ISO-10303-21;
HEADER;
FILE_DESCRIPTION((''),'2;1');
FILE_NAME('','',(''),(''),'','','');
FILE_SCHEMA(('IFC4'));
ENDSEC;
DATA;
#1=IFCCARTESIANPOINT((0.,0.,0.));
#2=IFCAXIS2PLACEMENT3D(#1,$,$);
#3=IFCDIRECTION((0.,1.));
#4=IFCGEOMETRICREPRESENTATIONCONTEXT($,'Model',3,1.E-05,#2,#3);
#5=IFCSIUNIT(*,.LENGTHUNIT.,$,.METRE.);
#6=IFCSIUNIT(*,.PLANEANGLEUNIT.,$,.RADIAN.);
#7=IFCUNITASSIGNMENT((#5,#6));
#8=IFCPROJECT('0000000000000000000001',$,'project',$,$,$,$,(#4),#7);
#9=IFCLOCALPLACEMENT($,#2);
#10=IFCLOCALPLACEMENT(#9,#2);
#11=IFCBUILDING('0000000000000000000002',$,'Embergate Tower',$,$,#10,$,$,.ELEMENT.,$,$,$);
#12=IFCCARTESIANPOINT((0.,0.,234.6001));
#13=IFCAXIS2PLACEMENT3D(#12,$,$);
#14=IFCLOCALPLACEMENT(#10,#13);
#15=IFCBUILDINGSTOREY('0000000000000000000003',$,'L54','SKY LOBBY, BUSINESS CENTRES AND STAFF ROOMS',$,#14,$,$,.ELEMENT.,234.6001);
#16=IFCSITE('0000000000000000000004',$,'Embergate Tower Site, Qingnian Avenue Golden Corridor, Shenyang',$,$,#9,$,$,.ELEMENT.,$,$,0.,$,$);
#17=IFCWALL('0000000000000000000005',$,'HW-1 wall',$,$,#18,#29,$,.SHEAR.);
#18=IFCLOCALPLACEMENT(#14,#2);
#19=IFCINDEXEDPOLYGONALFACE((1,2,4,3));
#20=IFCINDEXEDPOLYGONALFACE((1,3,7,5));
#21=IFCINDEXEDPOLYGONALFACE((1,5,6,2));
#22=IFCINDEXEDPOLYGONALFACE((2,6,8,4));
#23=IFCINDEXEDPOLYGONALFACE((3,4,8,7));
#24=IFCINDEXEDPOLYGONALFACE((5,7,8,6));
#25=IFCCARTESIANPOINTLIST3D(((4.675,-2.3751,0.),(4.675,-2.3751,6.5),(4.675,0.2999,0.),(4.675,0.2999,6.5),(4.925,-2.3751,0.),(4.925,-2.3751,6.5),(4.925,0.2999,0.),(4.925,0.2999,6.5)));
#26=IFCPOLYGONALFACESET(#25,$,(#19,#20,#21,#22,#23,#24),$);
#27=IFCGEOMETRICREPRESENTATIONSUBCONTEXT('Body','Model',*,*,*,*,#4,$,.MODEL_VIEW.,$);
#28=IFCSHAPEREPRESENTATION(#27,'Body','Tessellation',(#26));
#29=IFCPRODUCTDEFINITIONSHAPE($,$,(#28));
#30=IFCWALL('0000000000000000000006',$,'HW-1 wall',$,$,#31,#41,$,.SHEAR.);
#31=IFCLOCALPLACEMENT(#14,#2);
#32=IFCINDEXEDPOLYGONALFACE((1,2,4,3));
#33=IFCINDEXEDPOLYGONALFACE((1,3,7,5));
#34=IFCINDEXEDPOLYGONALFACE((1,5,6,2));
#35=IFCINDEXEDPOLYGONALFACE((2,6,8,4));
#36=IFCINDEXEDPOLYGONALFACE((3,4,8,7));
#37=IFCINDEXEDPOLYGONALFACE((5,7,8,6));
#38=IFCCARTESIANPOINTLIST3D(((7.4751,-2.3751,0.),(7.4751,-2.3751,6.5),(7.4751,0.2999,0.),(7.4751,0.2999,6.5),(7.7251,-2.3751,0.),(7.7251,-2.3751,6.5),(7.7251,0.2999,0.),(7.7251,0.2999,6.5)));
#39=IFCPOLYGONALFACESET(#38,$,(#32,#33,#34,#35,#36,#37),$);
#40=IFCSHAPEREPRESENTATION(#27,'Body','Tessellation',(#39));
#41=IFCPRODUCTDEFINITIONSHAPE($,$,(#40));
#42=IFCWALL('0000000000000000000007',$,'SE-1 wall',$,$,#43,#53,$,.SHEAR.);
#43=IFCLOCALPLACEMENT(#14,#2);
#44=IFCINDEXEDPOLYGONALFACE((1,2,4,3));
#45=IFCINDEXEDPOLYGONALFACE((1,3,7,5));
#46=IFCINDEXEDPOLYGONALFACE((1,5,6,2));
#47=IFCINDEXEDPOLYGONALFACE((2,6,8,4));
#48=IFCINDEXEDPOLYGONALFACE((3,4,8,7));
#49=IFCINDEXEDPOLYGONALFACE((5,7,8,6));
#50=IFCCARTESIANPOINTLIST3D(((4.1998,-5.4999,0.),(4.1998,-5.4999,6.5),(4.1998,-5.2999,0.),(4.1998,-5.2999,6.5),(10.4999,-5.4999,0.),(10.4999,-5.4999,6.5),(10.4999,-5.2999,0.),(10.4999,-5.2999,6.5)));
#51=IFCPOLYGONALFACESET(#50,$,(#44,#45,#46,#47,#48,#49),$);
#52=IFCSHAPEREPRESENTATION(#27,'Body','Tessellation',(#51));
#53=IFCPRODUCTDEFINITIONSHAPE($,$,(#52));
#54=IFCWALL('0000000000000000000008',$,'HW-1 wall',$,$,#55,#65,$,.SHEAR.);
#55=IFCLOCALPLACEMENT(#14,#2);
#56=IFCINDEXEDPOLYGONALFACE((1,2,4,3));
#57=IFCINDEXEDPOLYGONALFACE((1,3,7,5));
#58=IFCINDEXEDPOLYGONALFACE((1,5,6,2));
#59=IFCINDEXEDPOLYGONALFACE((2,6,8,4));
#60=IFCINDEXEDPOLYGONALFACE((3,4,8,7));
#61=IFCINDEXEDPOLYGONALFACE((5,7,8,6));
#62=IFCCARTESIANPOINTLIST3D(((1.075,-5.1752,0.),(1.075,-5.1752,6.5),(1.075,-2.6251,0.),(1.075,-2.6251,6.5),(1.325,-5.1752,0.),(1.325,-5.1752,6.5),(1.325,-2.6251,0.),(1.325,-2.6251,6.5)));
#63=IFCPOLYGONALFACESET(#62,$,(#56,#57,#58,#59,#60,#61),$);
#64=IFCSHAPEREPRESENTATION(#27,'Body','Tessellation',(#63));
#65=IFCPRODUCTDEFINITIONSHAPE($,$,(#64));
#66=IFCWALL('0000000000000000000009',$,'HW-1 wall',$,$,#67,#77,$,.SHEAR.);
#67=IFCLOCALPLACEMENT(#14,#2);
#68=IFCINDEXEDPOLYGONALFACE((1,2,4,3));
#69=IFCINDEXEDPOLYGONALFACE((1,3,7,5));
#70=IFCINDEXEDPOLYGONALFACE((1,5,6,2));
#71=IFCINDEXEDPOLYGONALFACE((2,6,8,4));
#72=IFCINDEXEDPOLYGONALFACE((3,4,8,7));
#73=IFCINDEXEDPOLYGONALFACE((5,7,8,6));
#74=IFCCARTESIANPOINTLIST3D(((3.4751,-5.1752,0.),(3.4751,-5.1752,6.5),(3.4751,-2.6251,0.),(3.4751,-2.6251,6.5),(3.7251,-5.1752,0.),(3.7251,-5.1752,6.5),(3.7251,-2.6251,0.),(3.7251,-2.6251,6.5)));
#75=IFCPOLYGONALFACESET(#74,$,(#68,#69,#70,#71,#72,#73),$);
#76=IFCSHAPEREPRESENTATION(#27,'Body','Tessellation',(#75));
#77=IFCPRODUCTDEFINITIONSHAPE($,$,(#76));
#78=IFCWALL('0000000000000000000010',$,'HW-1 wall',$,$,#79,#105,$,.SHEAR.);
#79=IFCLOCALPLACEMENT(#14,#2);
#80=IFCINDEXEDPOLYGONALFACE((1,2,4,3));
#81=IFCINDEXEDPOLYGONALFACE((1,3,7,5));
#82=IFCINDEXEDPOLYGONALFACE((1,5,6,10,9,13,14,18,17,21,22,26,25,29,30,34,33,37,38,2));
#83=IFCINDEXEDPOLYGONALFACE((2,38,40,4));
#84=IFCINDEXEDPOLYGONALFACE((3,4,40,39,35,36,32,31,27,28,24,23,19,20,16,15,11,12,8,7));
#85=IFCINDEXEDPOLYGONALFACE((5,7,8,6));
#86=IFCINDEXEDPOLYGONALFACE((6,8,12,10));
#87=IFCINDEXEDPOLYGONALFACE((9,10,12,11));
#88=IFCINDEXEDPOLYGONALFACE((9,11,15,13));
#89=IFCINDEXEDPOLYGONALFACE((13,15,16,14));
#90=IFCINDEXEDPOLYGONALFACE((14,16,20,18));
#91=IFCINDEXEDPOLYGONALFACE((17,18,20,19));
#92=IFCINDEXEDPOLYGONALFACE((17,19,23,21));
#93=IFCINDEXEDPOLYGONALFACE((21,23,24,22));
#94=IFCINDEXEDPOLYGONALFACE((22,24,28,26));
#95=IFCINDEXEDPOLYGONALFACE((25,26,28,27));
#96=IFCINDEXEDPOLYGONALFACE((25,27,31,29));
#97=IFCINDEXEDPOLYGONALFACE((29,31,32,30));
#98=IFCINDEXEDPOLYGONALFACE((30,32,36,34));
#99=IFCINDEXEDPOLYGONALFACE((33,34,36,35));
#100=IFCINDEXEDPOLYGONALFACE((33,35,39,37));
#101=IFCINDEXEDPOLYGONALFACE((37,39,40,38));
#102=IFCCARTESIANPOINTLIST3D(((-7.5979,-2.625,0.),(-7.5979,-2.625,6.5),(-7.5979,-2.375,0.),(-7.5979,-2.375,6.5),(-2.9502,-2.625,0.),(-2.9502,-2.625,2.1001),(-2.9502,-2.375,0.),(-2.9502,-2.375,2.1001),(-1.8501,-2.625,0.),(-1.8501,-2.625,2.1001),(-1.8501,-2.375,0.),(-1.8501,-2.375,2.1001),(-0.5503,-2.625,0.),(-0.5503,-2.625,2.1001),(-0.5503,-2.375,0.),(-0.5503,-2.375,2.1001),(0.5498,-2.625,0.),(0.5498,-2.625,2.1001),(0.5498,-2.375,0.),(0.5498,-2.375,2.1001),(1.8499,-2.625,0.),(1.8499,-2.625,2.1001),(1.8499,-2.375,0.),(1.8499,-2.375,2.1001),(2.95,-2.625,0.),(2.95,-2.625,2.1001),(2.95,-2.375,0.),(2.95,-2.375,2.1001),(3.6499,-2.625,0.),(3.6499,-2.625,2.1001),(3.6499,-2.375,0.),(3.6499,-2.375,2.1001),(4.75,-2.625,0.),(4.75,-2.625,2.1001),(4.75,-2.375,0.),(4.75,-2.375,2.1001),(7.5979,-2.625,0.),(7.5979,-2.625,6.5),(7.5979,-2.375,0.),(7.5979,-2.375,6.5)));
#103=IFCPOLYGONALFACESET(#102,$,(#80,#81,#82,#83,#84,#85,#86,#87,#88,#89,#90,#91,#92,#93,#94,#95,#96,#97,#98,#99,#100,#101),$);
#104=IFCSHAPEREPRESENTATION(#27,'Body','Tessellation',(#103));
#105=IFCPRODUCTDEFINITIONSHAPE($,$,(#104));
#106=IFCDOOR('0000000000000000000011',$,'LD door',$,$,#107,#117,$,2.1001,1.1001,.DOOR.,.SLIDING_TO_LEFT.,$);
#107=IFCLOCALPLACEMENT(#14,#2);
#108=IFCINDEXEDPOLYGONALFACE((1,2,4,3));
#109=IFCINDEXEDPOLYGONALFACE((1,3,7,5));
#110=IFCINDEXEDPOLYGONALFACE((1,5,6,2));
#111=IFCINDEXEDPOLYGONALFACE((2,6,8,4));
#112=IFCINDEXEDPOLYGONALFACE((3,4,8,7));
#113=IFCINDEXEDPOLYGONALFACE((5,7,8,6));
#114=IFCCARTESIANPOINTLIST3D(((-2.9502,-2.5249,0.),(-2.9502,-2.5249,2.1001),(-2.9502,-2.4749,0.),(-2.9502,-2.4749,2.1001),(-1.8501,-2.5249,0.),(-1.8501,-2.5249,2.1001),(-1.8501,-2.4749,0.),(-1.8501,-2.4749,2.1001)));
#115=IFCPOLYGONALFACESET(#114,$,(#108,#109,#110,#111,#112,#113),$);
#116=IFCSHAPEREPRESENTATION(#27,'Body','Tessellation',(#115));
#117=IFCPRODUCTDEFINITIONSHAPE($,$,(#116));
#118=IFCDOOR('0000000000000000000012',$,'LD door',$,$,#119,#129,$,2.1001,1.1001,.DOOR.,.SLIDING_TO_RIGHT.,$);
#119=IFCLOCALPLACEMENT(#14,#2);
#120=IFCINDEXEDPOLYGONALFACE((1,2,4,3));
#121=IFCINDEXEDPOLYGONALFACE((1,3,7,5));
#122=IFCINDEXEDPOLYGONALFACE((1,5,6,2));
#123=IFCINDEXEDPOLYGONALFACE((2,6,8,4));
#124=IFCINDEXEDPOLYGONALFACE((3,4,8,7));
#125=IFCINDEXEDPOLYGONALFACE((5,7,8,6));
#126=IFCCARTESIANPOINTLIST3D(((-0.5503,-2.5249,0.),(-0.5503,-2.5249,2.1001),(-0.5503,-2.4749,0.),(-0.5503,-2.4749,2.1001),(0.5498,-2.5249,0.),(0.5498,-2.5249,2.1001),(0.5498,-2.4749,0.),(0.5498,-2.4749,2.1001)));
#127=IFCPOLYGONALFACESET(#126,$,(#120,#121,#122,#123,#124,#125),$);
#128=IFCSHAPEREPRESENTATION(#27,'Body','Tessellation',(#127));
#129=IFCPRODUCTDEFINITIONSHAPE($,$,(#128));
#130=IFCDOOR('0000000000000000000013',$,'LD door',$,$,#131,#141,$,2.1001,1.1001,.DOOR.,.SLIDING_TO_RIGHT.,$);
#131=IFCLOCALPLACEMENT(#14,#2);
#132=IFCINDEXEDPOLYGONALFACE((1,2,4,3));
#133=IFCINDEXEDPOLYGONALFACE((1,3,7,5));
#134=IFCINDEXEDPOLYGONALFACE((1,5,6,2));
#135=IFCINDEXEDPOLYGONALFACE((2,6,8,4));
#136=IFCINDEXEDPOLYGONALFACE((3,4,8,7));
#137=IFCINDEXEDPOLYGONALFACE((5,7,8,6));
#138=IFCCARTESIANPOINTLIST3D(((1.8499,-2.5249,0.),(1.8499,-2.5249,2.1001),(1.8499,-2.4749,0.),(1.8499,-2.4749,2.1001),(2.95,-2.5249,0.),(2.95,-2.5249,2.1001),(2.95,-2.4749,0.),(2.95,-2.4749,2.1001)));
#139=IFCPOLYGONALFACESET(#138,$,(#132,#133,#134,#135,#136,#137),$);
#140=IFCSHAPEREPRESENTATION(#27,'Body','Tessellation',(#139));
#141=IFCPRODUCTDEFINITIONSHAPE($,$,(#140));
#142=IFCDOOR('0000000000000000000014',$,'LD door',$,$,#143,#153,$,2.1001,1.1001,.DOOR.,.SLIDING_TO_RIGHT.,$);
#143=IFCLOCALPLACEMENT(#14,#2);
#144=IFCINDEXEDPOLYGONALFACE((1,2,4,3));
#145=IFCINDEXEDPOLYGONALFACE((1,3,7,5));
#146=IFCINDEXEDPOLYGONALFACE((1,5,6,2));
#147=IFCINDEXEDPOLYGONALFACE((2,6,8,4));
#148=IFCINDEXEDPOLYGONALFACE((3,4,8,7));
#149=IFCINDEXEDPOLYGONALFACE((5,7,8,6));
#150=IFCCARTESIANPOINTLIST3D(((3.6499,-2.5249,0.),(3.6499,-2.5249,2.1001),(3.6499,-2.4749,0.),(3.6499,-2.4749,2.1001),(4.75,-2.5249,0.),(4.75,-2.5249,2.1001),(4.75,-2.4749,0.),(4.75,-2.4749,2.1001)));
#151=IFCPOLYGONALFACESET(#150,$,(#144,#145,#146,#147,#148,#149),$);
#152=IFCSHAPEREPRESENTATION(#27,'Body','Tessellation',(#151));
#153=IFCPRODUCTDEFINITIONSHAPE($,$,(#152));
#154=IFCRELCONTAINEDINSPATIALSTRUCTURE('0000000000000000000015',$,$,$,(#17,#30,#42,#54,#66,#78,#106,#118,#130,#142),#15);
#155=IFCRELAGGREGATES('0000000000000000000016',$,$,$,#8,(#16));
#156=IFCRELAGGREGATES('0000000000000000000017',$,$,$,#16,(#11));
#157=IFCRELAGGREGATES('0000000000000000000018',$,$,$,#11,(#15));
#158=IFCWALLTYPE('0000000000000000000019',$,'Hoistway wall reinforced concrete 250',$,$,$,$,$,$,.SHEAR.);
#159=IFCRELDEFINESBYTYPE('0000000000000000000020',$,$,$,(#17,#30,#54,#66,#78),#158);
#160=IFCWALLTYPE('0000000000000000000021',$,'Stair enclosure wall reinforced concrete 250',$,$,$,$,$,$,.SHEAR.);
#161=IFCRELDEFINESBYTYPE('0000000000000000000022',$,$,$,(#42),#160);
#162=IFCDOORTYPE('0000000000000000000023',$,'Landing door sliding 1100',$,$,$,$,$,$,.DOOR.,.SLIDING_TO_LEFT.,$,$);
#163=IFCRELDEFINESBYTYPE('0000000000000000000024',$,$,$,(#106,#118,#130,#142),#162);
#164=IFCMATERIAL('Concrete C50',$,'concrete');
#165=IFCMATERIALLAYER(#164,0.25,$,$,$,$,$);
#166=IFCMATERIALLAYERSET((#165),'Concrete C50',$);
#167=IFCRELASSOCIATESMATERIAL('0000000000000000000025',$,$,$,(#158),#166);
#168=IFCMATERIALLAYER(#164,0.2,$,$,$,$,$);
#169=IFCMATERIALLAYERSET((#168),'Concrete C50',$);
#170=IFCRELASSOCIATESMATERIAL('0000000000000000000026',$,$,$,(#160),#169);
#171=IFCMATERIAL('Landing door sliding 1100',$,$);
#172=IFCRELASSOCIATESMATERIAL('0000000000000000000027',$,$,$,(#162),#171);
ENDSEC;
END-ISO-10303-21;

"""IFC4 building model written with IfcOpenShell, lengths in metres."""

from ifc_helpers import new_model, si_unit, direction, frame, frame_2d, origin, place, context, subcontext, project, spatial, rectangle, extrude, source, transform, mapped, material, layer, layer_set, type_object, element, fill, save


model = new_model("IFC4")

# Units and contexts
model_context = context("Model", 3, precision=1e-05, world=origin(), true_north=direction((0.0, 1.0)))
body_context = subcontext(model_context, "Body", "Model", "MODEL_VIEW")
ifc_project = project(units=[si_unit("LENGTHUNIT", "METRE"), si_unit("PLANEANGLEUNIT", "RADIAN")], contexts=[model_context])

# Site, building, storey
site_placement = place(None, origin())
site = spatial("IfcSite", under=ifc_project, at=site_placement, Name="Embergate Tower Site, Qingnian Avenue Golden Corridor, Shenyang", CompositionType="ELEMENT", RefElevation=0.0)
building_placement = place(site_placement, origin())
building = spatial("IfcBuilding", under=site, at=building_placement, Name="Embergate Tower", CompositionType="ELEMENT")
storey_placement = place(building_placement, frame((0.0, 0.0, 234.6001)))
storey = spatial("IfcBuildingStorey", under=building, at=storey_placement, Name="L54", Description="SKY LOBBY, BUSINESS CENTRES AND STAFF ROOMS", CompositionType="ELEMENT", Elevation=234.6001)

# Walls
ifc_material_1 = material(Name="Concrete C50", Category="concrete")
ifc_layer_1 = layer(ifc_material_1, 0.25)
ifc_layer_set_1 = layer_set([ifc_layer_1], Name="Concrete C50")
wall_type_1 = type_object("IfcWallType", Name="Hoistway wall reinforced concrete 250", PredefinedType="SHEAR", material=ifc_layer_set_1)
shared_shape_1 = source(origin(), body_context, "Body", "SweptSolid", [
    extrude(rectangle(XDim=2.675, YDim=0.25, at=frame_2d((1.3374, 0.0))), origin(), (0.0, 0.0, 1.0), 6.5),
])
for number, where, z_axis, x_axis, name in (
    (1, (4.8, -2.375, 0.0), (0.0, 0.0, 1.0), (0.0, 1.0, 0.0), "HW-1 wall"),
    (2, (7.6001, -2.375, 0.0), (0.0, 0.0, 1.0), (0.0, 1.0, 0.0), "HW-1 wall"),
):
    element("IfcWall", number, at=place(storey_placement, frame(where, z_axis=z_axis, x_axis=x_axis)), inside=storey, type_object=wall_type_1, Name=name, PredefinedType="SHEAR", context=body_context, shape_type="MappedRepresentation", body=[
        mapped(shared_shape_1, transform((0.0, 0.0, 0.0))),
    ])
ifc_layer_2 = layer(ifc_material_1, 0.2)
ifc_layer_set_2 = layer_set([ifc_layer_2], Name="Concrete C50")
wall_type_2 = type_object("IfcWallType", Name="Stair enclosure wall reinforced concrete 250", PredefinedType="SHEAR", material=ifc_layer_set_2)
shared_shape_2 = source(origin(), body_context, "Body", "SweptSolid", [
    extrude(rectangle(XDim=6.3, YDim=0.2, at=frame_2d((3.1499, 0.0))), origin(), (0.0, 0.0, 1.0), 6.5),
])
wall_1_placement = place(storey_placement, frame((4.2, -5.3999, 0.0), z_axis=(0.0, 0.0, 1.0), x_axis=(1.0, 0.0, 0.0)))
element("IfcWall", 3, at=wall_1_placement, inside=storey, type_object=wall_type_2, Name="SE-1 wall", PredefinedType="SHEAR", context=body_context, shape_type="MappedRepresentation", body=[
    mapped(shared_shape_2, transform((0.0, 0.0, 0.0))),
])
shared_shape_3 = source(origin(), body_context, "Body", "SweptSolid", [
    extrude(rectangle(XDim=2.55, YDim=0.25, at=frame_2d((1.2749, 0.0))), origin(), (0.0, 0.0, 1.0), 6.5),
])
for number, where, z_axis, x_axis, name in (
    (4, (1.2, -5.175, 0.0), (0.0, 0.0, 1.0), (0.0, 1.0, 0.0), "HW-1 wall"),
    (5, (3.6001, -5.175, 0.0), (0.0, 0.0, 1.0), (0.0, 1.0, 0.0), "HW-1 wall"),
):
    element("IfcWall", number, at=place(storey_placement, frame(where, z_axis=z_axis, x_axis=x_axis)), inside=storey, type_object=wall_type_1, Name=name, PredefinedType="SHEAR", context=body_context, shape_type="MappedRepresentation", body=[
        mapped(shared_shape_3, transform((0.0, 0.0, 0.0))),
    ])

# Wall, openings, doors
shared_shape_4 = source(origin(), body_context, "Body", "SweptSolid", [
    extrude(rectangle(XDim=15.1958, YDim=0.25, at=frame_2d((7.5979, 0.0))), origin(), (0.0, 0.0, 1.0), 6.5),
])
wall_2_placement = place(storey_placement, frame((7.5979, -2.5, 0.0), z_axis=(0.0, 0.0, 1.0), x_axis=(-1.0, 0.0, 0.0)))
wall_2 = element("IfcWall", 6, at=wall_2_placement, inside=storey, type_object=wall_type_1, Name="HW-1 wall", PredefinedType="SHEAR", context=body_context, shape_type="MappedRepresentation", body=[
    mapped(shared_shape_4, transform((0.0, 0.0, 0.0))),
])
shared_shape_5 = source(origin(), body_context, "Body", "SweptSolid", [
    extrude(rectangle(XDim=1.1001, YDim=2.1001, at=frame_2d((0.55, 1.05))), frame((0.0, 0.135, 0.0), z_axis=(0.0, -1.0, 0.0), x_axis=(1.0, 0.0, 0.0)), (0.0, 0.0, 1.0), 0.27),
])
opening_1_placement = place(wall_2_placement, frame((9.448, 0.0, 0.0)))
opening_1 = element("IfcOpeningElement", 7, at=opening_1_placement, cuts=wall_2, PredefinedType="OPENING", context=body_context, shape_type="MappedRepresentation", body=[
    mapped(shared_shape_5, transform((0.0, 0.0, 0.0))),
])
opening_2_placement = place(wall_2_placement, frame((7.0481, 0.0, 0.0)))
opening_2 = element("IfcOpeningElement", 8, at=opening_2_placement, cuts=wall_2, PredefinedType="OPENING", context=body_context, shape_type="MappedRepresentation", body=[
    mapped(shared_shape_5, transform((0.0, 0.0, 0.0))),
])
opening_3_placement = place(wall_2_placement, frame((4.6479, 0.0, 0.0)))
opening_3 = element("IfcOpeningElement", 9, at=opening_3_placement, cuts=wall_2, PredefinedType="OPENING", context=body_context, shape_type="MappedRepresentation", body=[
    mapped(shared_shape_5, transform((0.0, 0.0, 0.0))),
])
opening_4_placement = place(wall_2_placement, frame((2.8479, 0.0, 0.0)))
opening_4 = element("IfcOpeningElement", 10, at=opening_4_placement, cuts=wall_2, PredefinedType="OPENING", context=body_context, shape_type="MappedRepresentation", body=[
    mapped(shared_shape_5, transform((0.0, 0.0, 0.0))),
])
ifc_material_2 = material(Name="Landing door sliding 1100")
door_type_1 = type_object("IfcDoorType", Name="Landing door sliding 1100", OperationType="SLIDING_TO_LEFT", PredefinedType="DOOR", material=ifc_material_2)
shared_shape_6 = source(origin(), body_context, "Body", "SweptSolid", [
    extrude(rectangle(XDim=1.1001, YDim=2.1001, at=frame_2d((0.55, 1.05))), frame((0.0, 0.0249, 0.0), z_axis=(0.0, -1.0, 0.0), x_axis=(1.0, 0.0, 0.0)), (0.0, 0.0, 1.0), 0.05),
])
door_1_placement = place(opening_1_placement, origin())
door_1 = element("IfcDoor", 11, at=door_1_placement, inside=storey, type_object=door_type_1, Name="LD door", OperationType="SLIDING_TO_LEFT", OverallHeight=2.1001, OverallWidth=1.1001, PredefinedType="DOOR", context=body_context, shape_type="MappedRepresentation", body=[
    mapped(shared_shape_6, transform((0.0, 0.0, 0.0))),
])
fill(opening_1, door_1)
door_2_placement = place(opening_2_placement, origin())
door_2 = element("IfcDoor", 12, at=door_2_placement, inside=storey, type_object=door_type_1, Name="LD door", OperationType="SLIDING_TO_RIGHT", OverallHeight=2.1001, OverallWidth=1.1001, PredefinedType="DOOR", context=body_context, shape_type="MappedRepresentation", body=[
    mapped(shared_shape_6, transform((0.0, 0.0, 0.0))),
])
fill(opening_2, door_2)
door_3_placement = place(opening_3_placement, origin())
door_3 = element("IfcDoor", 13, at=door_3_placement, inside=storey, type_object=door_type_1, Name="LD door", OperationType="SLIDING_TO_RIGHT", OverallHeight=2.1001, OverallWidth=1.1001, PredefinedType="DOOR", context=body_context, shape_type="MappedRepresentation", body=[
    mapped(shared_shape_6, transform((0.0, 0.0, 0.0))),
])
fill(opening_3, door_3)
door_4_placement = place(opening_4_placement, origin())
door_4 = element("IfcDoor", 14, at=door_4_placement, inside=storey, type_object=door_type_1, Name="LD door", OperationType="SLIDING_TO_RIGHT", OverallHeight=2.1001, OverallWidth=1.1001, PredefinedType="DOOR", context=body_context, shape_type="MappedRepresentation", body=[
    mapped(shared_shape_6, transform((0.0, 0.0, 0.0))),
])
fill(opening_4, door_4)

save(model, "model.ifc")
